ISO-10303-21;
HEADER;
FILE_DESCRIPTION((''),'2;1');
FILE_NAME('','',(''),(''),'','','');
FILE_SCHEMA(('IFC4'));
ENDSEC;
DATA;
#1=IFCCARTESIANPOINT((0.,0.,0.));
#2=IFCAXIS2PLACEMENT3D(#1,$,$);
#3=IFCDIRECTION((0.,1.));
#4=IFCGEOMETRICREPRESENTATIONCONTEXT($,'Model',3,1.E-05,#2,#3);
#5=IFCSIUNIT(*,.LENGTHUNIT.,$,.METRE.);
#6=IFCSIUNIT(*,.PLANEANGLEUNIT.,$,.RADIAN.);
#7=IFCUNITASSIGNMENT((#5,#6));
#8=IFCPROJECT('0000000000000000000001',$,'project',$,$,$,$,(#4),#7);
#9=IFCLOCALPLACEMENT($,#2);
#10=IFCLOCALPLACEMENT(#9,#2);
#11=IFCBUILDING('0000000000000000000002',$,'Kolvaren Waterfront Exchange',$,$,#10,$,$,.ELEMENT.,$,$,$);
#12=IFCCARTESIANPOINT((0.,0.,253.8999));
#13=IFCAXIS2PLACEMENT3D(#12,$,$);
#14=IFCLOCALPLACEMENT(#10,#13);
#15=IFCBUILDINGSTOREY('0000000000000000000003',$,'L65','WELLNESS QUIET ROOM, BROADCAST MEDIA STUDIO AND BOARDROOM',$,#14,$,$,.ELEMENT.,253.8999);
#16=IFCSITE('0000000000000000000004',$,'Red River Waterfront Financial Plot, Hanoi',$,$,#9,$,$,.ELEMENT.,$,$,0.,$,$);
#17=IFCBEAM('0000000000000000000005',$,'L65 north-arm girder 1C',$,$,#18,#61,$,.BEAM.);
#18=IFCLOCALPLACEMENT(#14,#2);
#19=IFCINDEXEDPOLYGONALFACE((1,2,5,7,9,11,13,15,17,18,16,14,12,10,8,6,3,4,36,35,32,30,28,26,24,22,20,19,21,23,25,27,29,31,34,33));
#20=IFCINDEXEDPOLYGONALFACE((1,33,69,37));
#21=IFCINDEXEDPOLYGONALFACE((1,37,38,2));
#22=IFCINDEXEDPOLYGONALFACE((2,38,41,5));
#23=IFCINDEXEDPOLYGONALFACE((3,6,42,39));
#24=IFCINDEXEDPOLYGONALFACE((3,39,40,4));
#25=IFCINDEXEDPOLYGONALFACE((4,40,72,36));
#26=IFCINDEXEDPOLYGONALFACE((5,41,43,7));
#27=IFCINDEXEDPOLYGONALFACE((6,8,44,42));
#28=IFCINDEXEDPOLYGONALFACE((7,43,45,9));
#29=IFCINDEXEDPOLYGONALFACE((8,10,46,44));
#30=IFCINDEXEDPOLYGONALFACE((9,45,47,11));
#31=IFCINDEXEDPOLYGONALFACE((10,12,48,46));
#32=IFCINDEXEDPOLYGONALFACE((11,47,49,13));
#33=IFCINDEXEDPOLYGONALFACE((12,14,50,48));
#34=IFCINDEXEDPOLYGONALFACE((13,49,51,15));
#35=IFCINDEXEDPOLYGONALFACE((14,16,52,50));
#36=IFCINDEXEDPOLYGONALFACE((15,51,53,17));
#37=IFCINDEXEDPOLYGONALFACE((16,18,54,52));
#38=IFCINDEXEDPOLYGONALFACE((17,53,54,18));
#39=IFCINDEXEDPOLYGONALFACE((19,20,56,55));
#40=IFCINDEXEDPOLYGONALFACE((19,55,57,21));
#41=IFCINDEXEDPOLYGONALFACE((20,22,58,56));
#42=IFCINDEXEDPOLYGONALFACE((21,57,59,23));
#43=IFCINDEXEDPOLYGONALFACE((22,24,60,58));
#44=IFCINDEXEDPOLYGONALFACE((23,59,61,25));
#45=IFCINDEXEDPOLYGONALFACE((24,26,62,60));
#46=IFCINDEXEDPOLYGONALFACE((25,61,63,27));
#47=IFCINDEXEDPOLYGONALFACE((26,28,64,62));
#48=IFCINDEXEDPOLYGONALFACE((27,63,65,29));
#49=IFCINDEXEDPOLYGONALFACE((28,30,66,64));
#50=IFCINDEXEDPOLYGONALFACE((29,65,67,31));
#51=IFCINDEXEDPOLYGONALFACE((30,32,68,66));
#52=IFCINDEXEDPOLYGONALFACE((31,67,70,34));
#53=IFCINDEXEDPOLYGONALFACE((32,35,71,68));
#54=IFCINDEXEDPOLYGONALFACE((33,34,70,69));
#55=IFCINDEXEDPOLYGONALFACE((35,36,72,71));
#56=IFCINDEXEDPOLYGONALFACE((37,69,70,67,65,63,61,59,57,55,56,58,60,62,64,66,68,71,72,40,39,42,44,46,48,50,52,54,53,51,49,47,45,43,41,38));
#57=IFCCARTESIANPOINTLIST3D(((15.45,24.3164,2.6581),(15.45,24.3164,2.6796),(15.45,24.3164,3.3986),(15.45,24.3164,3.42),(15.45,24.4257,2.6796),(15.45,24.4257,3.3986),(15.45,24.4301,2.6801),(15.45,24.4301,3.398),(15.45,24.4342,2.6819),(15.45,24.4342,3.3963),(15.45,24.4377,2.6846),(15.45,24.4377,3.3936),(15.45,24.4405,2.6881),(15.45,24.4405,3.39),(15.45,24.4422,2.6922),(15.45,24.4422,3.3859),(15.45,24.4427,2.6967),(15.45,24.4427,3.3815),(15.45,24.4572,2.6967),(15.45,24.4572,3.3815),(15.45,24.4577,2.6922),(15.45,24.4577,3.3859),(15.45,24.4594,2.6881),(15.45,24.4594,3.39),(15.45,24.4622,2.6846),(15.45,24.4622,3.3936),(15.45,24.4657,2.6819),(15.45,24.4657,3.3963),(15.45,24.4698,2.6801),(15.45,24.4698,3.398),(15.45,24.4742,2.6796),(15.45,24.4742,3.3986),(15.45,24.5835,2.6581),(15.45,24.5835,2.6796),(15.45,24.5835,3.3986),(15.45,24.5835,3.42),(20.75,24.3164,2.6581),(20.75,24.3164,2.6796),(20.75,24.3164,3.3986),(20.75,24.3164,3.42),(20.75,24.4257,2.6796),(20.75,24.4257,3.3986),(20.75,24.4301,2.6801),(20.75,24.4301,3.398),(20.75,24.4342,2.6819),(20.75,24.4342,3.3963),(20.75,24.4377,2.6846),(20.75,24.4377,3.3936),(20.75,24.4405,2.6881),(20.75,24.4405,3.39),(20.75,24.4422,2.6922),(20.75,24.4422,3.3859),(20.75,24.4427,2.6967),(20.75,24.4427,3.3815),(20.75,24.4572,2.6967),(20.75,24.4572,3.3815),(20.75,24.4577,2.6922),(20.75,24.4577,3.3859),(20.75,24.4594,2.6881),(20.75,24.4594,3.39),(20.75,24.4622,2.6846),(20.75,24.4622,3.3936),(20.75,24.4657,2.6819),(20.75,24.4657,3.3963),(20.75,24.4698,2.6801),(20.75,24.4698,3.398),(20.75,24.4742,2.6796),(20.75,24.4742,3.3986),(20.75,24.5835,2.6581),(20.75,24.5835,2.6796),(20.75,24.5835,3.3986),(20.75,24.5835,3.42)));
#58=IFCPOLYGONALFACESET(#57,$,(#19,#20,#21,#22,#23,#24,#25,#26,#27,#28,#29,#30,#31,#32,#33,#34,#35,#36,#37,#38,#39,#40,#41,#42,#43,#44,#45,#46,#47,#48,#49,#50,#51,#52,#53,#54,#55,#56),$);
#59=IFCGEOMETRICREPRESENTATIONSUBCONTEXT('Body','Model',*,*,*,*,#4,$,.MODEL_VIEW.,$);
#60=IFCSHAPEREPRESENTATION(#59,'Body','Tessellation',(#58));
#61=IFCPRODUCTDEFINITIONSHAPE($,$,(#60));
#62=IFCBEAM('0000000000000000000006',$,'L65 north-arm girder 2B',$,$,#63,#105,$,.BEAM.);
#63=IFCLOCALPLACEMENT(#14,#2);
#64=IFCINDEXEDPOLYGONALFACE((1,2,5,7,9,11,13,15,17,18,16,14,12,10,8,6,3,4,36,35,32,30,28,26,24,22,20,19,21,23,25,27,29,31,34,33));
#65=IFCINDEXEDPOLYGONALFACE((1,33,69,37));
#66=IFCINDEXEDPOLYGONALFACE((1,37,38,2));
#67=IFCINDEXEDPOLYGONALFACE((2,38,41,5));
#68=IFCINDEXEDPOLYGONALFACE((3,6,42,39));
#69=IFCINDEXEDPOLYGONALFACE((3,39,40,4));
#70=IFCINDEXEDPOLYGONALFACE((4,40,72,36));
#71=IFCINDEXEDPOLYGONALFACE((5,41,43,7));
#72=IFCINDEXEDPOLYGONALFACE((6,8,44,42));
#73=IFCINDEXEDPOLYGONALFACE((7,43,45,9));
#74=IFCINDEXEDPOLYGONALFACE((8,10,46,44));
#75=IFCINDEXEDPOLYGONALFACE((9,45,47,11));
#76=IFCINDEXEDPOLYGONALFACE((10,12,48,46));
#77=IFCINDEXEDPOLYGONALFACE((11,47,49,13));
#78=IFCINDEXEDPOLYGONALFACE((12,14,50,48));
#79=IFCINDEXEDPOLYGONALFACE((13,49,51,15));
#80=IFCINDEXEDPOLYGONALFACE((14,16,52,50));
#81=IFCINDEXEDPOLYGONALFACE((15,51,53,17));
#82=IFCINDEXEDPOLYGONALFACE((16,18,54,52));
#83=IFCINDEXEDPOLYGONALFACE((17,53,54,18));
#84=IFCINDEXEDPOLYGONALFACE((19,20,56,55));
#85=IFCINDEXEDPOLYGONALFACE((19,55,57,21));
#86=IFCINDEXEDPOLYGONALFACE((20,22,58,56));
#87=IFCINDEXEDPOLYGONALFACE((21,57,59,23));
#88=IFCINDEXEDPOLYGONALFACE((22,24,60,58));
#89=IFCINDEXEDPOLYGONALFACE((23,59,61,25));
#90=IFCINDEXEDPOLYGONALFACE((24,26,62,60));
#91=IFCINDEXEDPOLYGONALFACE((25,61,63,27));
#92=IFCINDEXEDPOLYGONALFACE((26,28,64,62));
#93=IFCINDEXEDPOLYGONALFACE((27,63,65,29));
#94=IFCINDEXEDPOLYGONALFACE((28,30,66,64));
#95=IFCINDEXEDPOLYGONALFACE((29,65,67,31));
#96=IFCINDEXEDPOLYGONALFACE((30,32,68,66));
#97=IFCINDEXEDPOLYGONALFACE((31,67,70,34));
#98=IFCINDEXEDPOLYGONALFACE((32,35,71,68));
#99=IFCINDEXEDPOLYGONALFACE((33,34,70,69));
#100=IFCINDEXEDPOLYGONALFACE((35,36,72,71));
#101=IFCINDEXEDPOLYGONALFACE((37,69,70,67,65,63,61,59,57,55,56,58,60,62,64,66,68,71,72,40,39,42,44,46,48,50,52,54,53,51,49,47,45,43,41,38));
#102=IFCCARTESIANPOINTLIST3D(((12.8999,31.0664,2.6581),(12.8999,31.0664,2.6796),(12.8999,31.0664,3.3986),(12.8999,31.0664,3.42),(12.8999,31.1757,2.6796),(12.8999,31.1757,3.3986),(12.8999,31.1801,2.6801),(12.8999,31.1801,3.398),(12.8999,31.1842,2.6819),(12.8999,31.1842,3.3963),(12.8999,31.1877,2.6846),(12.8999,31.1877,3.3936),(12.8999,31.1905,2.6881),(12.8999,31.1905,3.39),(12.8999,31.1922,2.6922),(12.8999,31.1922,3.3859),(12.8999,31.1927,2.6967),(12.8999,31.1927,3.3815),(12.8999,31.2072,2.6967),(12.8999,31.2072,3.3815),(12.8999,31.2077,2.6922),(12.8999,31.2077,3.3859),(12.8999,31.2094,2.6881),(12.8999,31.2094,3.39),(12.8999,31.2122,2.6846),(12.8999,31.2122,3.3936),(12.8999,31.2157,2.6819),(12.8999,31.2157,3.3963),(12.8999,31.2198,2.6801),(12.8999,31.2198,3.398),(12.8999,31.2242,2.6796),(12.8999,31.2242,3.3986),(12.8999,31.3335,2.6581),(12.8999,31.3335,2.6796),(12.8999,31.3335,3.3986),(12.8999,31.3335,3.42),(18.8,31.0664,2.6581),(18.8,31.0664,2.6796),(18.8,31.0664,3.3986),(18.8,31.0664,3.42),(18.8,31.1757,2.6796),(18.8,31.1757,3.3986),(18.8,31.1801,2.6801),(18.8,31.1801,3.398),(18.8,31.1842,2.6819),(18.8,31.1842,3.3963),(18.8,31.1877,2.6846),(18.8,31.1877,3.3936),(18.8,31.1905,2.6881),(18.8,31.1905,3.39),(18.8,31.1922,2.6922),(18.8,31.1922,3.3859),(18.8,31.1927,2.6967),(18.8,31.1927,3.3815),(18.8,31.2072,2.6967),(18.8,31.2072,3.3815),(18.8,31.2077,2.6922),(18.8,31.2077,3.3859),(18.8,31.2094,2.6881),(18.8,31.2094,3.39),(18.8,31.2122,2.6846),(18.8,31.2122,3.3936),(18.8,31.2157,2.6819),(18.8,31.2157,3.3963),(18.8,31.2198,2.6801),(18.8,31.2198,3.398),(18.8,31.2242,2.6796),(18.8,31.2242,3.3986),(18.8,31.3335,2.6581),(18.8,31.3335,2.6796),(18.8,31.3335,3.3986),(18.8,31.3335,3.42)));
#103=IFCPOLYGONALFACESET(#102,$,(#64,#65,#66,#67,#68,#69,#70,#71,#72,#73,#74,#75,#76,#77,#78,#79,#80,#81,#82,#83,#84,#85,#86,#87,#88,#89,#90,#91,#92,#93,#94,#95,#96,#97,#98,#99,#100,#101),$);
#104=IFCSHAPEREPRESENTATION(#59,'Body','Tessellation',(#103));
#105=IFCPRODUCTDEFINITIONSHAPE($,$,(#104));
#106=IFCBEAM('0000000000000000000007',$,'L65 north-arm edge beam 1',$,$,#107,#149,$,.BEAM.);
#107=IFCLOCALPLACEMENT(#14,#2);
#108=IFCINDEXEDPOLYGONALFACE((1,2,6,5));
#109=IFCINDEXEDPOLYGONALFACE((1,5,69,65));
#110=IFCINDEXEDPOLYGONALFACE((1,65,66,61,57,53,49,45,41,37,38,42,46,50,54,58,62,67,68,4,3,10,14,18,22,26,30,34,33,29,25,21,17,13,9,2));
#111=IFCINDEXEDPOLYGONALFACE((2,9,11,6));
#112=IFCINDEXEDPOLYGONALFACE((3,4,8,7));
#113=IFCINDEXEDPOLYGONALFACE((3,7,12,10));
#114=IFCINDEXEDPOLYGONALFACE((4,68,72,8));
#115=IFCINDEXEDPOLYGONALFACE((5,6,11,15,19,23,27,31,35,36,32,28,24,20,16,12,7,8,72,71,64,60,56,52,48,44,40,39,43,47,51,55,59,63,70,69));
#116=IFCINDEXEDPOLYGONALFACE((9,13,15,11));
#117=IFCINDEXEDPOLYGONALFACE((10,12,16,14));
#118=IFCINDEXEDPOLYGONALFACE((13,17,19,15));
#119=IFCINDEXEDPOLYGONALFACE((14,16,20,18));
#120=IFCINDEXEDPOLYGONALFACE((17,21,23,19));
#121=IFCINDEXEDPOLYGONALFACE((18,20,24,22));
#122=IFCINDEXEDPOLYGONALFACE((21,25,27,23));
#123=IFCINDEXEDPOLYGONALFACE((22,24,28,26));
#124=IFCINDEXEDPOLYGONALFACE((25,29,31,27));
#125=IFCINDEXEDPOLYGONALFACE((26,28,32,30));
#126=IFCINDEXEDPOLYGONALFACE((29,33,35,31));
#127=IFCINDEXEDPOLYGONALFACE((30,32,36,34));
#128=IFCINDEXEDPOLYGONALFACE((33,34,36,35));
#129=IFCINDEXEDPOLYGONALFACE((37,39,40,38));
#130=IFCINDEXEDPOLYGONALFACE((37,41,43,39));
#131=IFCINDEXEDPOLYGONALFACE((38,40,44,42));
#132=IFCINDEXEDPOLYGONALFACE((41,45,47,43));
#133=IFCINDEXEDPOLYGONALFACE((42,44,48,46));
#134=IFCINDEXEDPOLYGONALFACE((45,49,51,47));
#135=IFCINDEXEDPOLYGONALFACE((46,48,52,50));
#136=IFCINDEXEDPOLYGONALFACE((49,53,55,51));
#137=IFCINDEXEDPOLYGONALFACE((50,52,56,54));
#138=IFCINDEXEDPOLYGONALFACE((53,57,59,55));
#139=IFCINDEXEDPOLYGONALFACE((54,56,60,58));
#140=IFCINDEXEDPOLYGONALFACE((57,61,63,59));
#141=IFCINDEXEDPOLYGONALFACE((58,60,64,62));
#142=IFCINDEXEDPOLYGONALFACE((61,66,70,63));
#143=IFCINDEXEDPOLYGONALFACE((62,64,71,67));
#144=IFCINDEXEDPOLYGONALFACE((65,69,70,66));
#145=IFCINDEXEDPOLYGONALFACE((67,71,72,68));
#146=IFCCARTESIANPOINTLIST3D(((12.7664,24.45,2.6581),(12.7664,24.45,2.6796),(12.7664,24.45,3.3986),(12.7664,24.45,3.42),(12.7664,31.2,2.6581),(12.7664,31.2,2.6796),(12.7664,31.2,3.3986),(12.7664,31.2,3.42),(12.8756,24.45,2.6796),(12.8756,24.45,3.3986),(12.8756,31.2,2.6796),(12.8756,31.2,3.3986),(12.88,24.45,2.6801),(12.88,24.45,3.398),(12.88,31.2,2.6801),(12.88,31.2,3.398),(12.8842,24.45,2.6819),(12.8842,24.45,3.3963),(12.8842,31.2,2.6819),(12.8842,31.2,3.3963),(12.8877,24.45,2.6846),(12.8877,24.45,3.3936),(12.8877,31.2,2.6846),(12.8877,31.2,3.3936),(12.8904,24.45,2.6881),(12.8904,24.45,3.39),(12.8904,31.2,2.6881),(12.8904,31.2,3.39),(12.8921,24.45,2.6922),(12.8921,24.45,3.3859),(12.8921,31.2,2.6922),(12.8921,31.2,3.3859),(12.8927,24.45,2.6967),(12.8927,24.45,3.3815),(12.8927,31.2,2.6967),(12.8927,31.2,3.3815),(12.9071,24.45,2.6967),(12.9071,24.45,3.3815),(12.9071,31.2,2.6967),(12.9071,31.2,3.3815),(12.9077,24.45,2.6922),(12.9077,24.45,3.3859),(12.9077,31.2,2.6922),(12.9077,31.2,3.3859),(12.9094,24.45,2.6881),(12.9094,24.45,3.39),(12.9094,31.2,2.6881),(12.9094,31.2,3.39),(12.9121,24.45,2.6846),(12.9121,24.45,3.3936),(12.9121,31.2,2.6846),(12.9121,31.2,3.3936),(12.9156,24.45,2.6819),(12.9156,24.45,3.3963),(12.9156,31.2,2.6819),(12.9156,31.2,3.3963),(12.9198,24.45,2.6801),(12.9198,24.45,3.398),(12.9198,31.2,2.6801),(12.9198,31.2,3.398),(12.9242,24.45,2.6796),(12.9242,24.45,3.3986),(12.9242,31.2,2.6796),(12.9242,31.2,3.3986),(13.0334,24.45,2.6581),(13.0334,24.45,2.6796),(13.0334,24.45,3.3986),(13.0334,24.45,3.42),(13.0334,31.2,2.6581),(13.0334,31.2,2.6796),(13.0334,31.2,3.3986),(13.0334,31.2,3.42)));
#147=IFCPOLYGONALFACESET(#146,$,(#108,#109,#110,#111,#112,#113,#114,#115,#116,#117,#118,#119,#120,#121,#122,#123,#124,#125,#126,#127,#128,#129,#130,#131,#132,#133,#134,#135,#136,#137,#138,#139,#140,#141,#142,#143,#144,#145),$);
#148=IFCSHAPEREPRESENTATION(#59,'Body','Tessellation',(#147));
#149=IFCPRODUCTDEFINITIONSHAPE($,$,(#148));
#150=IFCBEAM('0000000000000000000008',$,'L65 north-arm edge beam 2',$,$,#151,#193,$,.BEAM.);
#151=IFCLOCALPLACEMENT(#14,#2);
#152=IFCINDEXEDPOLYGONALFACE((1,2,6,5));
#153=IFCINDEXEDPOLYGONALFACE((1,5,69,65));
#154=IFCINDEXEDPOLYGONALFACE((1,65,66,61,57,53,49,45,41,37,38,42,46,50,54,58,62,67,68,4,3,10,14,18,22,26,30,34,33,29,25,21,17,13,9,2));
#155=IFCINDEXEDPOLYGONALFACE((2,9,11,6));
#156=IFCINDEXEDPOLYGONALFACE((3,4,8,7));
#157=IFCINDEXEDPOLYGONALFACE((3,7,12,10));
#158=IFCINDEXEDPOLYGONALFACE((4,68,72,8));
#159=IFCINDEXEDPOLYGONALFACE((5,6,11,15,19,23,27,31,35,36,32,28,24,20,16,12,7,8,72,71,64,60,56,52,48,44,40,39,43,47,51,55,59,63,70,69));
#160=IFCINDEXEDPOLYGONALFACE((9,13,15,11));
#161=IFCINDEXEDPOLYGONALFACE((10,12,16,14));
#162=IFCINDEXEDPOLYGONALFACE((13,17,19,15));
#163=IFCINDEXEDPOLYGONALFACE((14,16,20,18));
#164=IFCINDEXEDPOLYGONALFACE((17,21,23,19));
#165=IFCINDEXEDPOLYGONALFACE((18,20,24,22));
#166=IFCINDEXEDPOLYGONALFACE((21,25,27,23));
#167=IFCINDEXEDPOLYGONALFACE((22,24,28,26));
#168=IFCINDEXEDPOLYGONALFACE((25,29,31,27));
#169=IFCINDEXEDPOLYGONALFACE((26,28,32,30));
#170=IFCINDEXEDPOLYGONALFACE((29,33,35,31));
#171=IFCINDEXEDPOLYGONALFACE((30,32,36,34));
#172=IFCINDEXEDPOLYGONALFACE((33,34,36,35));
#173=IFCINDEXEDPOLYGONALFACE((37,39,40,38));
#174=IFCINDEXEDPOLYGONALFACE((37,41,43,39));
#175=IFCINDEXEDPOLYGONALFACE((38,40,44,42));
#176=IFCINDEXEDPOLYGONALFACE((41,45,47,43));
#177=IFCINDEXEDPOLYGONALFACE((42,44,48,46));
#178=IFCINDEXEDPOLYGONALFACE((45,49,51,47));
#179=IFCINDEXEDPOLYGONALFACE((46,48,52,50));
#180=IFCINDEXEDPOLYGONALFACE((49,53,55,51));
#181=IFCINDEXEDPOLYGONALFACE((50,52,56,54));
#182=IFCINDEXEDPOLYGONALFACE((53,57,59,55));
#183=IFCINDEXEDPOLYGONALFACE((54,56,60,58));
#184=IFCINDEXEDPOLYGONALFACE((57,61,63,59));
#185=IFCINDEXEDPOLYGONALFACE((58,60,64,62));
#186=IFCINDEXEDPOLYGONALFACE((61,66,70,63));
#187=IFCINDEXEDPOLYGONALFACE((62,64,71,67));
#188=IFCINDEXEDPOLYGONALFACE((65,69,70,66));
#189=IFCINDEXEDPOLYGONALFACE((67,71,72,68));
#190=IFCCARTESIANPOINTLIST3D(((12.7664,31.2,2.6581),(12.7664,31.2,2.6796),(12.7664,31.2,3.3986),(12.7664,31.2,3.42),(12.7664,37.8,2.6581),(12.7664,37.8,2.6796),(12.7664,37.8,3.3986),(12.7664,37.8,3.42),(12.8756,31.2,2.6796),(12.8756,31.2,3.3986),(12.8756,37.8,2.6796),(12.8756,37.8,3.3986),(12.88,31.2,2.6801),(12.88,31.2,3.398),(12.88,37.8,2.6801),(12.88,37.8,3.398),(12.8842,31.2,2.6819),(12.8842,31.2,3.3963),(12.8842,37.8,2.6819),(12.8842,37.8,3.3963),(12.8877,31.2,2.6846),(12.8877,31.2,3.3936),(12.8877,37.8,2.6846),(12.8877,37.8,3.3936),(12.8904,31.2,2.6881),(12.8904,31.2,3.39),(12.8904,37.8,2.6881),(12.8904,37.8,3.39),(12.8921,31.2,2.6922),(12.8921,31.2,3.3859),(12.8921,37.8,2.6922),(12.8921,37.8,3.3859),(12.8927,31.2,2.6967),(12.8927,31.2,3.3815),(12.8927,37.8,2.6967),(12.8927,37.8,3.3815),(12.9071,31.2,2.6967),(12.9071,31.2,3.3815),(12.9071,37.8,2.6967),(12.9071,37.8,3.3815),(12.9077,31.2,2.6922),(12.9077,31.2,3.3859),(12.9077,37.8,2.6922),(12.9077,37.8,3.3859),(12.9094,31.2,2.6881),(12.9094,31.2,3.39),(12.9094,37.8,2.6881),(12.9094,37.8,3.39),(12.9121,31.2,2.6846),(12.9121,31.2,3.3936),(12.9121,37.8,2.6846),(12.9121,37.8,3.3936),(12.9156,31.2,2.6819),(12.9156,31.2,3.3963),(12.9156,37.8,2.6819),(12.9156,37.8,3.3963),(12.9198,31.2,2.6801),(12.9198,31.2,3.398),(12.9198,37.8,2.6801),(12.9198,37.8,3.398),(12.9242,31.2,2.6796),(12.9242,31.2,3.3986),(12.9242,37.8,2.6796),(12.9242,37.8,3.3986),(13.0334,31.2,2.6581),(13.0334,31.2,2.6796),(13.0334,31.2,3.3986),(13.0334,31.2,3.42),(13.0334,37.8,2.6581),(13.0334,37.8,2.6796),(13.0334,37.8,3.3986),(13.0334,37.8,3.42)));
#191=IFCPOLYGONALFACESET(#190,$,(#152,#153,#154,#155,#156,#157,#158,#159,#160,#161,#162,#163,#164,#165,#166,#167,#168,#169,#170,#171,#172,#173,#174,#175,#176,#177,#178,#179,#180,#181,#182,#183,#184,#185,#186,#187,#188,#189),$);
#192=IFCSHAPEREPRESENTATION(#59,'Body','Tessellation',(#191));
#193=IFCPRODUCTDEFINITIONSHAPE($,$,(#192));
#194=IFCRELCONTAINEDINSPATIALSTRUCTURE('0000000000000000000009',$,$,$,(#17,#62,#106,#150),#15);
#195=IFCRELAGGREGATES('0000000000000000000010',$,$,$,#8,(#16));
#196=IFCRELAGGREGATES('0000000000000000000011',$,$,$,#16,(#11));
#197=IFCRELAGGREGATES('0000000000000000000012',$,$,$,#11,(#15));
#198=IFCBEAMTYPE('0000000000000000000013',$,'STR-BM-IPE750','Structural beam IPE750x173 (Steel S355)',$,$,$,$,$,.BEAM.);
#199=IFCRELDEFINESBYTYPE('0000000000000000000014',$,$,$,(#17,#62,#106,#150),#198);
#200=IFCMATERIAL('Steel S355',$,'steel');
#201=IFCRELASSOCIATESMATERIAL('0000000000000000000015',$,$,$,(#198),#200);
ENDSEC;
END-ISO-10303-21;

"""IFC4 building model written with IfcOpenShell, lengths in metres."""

from ifc_helpers import new_model, si_unit, direction, frame, origin, origin_2d, place, context, subcontext, project, spatial, i_section, extrude, material, material_profile, profile_set, type_object, element, save


model = new_model("IFC4")

# Units and contexts
model_context = context("Model", 3, precision=1e-05, world=origin(), true_north=direction((0.0, 1.0)))
body_context = subcontext(model_context, "Body", "Model", "MODEL_VIEW")
ifc_project = project(units=[si_unit("LENGTHUNIT", "METRE"), si_unit("PLANEANGLEUNIT", "RADIAN")], contexts=[model_context])

# Site, building, storey
site_placement = place(None, origin())
site = spatial("IfcSite", under=ifc_project, at=site_placement, Name="Red River Waterfront Financial Plot, Hanoi", CompositionType="ELEMENT", RefElevation=0.0)
building_placement = place(site_placement, origin())
building = spatial("IfcBuilding", under=site, at=building_placement, Name="Kolvaren Waterfront Exchange", CompositionType="ELEMENT")
storey_placement = place(building_placement, frame((0.0, 0.0, 253.8999)))
storey = spatial("IfcBuildingStorey", under=building, at=storey_placement, Name="L65", Description="WELLNESS QUIET ROOM, BROADCAST MEDIA STUDIO AND BOARDROOM", CompositionType="ELEMENT", Elevation=253.8999)

# Beams
ifc_material_1 = material(Name="Steel S355", Category="steel")
ifc_material_profile_1 = material_profile(ifc_material_1, i_section(OverallWidth=0.2671, OverallDepth=0.762, WebThickness=0.0144, FlangeThickness=0.0215, FilletRadius=0.0171, at=origin_2d()), Name="IPE750x173")
ifc_profile_set_1 = profile_set([ifc_material_profile_1], Name="Steel S355")
beam_type_1 = type_object("IfcBeamType", Name="STR-BM-IPE750", Description="Structural beam IPE750x173 (Steel S355)", PredefinedType="BEAM", material=ifc_profile_set_1)
beam_1_placement = place(storey_placement, frame((15.45, 24.45, 3.0391), z_axis=(1.0, 0.0, 0.0), x_axis=(0.0, 1.0, 0.0)))
element("IfcBeam", 1, at=beam_1_placement, inside=storey, type_object=beam_type_1, Name="L65 north-arm girder 1C", PredefinedType="BEAM", context=body_context, shape_type="SweptSolid", body=[
    extrude(i_section(OverallWidth=0.2671, OverallDepth=0.762, WebThickness=0.0144, FlangeThickness=0.0215, FilletRadius=0.0171, at=origin_2d()), origin(), (0.0, 0.0, 1.0), 5.3),
])
beam_2_placement = place(storey_placement, frame((12.8999, 31.2, 3.0391), z_axis=(1.0, 0.0, 0.0), x_axis=(0.0, 1.0, 0.0)))
element("IfcBeam", 2, at=beam_2_placement, inside=storey, type_object=beam_type_1, Name="L65 north-arm girder 2B", PredefinedType="BEAM", context=body_context, shape_type="SweptSolid", body=[
    extrude(i_section(OverallWidth=0.2671, OverallDepth=0.762, WebThickness=0.0144, FlangeThickness=0.0215, FilletRadius=0.0171, at=origin_2d()), origin(), (0.0, 0.0, 1.0), 5.9001),
])
beam_3_placement = place(storey_placement, frame((12.8999, 24.45, 3.0391), z_axis=(0.0, 1.0, 0.0), x_axis=(-1.0, 0.0, 0.0)))
element("IfcBeam", 3, at=beam_3_placement, inside=storey, type_object=beam_type_1, Name="L65 north-arm edge beam 1", PredefinedType="BEAM", context=body_context, shape_type="SweptSolid", body=[
    extrude(i_section(OverallWidth=0.2671, OverallDepth=0.762, WebThickness=0.0144, FlangeThickness=0.0215, FilletRadius=0.0171, at=origin_2d()), origin(), (0.0, 0.0, 1.0), 6.75),
])
beam_4_placement = place(storey_placement, frame((12.8999, 31.2, 3.0391), z_axis=(0.0, 1.0, 0.0), x_axis=(-1.0, 0.0, 0.0)))
element("IfcBeam", 4, at=beam_4_placement, inside=storey, type_object=beam_type_1, Name="L65 north-arm edge beam 2", PredefinedType="BEAM", context=body_context, shape_type="SweptSolid", body=[
    extrude(i_section(OverallWidth=0.2671, OverallDepth=0.762, WebThickness=0.0144, FlangeThickness=0.0215, FilletRadius=0.0171, at=origin_2d()), origin(), (0.0, 0.0, 1.0), 6.6001),
])

save(model, "model.ifc")
